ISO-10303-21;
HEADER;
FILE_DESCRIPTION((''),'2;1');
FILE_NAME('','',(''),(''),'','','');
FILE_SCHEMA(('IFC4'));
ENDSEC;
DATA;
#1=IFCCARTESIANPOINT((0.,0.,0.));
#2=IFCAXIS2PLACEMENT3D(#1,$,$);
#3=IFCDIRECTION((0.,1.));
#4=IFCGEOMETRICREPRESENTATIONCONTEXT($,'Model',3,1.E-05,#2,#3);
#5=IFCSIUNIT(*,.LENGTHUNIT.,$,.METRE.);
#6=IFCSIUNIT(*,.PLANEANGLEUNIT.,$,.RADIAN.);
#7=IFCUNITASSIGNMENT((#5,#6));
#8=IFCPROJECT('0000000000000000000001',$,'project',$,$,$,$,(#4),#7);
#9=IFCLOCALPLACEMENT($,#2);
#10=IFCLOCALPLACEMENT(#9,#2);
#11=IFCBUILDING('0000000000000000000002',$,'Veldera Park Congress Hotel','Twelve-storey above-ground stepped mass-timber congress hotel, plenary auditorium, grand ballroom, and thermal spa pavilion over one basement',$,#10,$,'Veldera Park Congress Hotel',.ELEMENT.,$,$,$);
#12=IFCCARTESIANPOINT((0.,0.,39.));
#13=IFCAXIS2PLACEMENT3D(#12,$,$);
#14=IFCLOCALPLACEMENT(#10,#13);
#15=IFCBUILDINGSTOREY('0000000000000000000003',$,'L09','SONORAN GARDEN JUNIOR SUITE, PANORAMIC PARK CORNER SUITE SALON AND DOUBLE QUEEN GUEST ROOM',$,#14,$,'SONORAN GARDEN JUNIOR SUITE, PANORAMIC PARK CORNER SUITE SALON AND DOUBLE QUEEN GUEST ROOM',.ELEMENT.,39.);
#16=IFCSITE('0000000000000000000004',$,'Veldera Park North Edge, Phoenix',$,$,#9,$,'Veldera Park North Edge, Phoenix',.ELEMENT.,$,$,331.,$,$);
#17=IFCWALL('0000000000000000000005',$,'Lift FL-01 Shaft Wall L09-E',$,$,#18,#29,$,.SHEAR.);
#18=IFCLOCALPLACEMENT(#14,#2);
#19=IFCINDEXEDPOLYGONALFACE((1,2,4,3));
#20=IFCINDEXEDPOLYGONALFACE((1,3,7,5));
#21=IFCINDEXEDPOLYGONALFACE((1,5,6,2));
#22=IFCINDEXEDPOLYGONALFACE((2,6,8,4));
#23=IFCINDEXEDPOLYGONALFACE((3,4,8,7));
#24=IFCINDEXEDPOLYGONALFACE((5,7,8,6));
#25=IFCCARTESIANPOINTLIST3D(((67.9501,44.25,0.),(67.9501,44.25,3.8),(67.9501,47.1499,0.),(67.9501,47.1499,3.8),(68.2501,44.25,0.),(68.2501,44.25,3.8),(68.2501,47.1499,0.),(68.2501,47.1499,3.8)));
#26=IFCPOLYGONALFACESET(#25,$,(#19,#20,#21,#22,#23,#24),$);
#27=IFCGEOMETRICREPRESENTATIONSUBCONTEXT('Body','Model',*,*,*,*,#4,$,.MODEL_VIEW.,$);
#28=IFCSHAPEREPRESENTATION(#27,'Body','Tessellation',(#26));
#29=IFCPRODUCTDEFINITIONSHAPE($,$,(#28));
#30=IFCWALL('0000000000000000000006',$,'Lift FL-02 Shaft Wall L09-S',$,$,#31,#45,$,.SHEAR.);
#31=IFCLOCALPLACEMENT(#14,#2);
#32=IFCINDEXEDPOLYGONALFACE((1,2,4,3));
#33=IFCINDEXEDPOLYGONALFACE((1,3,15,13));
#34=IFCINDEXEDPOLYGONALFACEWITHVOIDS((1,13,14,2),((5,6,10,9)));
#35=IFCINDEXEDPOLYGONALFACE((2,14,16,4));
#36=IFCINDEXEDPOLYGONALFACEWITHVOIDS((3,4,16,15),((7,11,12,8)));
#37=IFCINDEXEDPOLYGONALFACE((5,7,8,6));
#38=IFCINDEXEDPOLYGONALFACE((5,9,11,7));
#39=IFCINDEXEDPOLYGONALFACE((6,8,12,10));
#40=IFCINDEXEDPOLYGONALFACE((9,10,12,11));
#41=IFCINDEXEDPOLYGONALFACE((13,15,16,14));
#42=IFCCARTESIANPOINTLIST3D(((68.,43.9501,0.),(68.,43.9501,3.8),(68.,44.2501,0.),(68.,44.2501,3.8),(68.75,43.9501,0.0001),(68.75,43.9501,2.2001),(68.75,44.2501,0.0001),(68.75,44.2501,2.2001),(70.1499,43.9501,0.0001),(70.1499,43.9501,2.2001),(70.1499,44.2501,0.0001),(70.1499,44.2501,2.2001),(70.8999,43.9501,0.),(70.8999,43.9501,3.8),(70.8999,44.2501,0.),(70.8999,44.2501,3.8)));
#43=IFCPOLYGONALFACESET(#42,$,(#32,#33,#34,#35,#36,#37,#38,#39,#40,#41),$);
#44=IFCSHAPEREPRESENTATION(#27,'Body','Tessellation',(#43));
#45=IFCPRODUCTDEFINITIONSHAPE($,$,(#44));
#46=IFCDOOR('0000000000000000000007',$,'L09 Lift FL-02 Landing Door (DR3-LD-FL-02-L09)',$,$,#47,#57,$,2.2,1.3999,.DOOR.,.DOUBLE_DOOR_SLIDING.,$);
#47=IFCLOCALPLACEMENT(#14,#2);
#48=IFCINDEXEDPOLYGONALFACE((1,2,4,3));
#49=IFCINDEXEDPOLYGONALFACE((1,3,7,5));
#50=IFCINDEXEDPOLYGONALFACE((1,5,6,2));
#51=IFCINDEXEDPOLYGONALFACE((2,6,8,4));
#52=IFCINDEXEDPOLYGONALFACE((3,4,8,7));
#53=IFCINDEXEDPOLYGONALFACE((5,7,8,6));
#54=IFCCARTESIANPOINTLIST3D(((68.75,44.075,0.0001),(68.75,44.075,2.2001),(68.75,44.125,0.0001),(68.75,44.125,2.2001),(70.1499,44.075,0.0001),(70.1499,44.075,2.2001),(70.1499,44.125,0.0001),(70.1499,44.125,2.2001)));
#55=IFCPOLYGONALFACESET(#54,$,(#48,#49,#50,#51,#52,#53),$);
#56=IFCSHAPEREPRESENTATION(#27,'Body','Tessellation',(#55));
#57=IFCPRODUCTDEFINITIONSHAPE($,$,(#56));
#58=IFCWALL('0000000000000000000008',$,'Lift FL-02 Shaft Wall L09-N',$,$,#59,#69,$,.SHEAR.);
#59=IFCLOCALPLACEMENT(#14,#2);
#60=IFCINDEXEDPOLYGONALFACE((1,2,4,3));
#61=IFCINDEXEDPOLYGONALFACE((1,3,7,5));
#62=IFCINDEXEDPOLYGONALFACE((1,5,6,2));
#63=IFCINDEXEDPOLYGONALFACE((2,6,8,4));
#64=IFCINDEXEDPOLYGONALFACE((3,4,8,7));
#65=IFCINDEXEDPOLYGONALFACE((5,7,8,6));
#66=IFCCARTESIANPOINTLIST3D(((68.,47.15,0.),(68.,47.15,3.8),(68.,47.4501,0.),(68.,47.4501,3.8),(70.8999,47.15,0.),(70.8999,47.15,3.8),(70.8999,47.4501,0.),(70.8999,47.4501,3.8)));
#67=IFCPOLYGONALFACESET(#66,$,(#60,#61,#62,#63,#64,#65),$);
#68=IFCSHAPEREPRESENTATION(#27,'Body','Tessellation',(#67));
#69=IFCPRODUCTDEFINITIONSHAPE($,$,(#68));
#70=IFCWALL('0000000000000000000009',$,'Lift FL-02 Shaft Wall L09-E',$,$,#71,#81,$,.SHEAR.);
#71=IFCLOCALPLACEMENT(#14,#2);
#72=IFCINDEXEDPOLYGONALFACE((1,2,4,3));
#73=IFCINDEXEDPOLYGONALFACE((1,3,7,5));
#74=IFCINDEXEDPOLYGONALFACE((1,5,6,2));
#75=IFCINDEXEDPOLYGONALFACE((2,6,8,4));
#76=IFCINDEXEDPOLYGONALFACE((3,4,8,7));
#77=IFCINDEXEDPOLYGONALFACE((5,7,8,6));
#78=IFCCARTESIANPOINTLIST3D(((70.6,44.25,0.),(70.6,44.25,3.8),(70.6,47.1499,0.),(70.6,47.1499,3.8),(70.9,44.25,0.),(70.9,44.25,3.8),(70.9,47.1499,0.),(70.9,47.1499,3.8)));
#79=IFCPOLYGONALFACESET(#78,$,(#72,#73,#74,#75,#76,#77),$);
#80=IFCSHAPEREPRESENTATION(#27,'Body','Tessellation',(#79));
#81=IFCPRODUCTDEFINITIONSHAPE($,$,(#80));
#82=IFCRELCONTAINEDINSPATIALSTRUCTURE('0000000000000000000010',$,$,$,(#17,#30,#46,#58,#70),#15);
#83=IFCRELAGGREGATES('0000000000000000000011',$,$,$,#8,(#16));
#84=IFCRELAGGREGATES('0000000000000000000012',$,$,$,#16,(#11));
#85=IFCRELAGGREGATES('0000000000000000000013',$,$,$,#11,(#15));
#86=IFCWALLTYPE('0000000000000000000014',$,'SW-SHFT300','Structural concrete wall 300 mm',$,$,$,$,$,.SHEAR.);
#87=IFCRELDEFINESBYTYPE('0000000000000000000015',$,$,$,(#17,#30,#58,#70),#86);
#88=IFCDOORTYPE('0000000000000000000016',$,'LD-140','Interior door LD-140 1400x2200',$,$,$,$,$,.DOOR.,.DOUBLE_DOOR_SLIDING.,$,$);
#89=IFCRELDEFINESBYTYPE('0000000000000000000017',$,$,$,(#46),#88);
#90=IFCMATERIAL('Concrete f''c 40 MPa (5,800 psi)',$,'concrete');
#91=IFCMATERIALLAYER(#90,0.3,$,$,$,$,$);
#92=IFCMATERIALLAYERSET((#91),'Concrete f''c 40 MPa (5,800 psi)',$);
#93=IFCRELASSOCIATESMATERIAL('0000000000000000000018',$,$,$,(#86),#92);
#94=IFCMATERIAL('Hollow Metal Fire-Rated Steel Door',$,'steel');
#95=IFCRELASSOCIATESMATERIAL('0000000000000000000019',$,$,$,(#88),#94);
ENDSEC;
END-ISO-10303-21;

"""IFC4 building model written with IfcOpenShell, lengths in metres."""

from ifc_helpers import new_model, si_unit, direction, frame, frame_2d, origin, place, context, subcontext, project, spatial, rectangle, extrude, material, layer, layer_set, type_object, element, fill, save


model = new_model("IFC4")

# Units and contexts
model_context = context("Model", 3, precision=1e-05, world=origin(), true_north=direction((0.0, 1.0)))
body_context = subcontext(model_context, "Body", "Model", "MODEL_VIEW")
ifc_project = project(units=[si_unit("LENGTHUNIT", "METRE"), si_unit("PLANEANGLEUNIT", "RADIAN")], contexts=[model_context])

# Site, building, storey
site_placement = place(None, origin())
site = spatial("IfcSite", under=ifc_project, at=site_placement, Name="Veldera Park North Edge, Phoenix", LongName="Veldera Park North Edge, Phoenix", CompositionType="ELEMENT", RefElevation=331.0)
building_placement = place(site_placement, origin())
building = spatial("IfcBuilding", under=site, at=building_placement, Name="Veldera Park Congress Hotel", Description="Twelve-storey above-ground stepped mass-timber congress hotel, plenary auditorium, grand ballroom, and thermal spa pavilion over one basement", LongName="Veldera Park Congress Hotel", CompositionType="ELEMENT")
storey_placement = place(building_placement, frame((0.0, 0.0, 39.0)))
storey = spatial("IfcBuildingStorey", under=building, at=storey_placement, Name="L09", Description="SONORAN GARDEN JUNIOR SUITE, PANORAMIC PARK CORNER SUITE SALON AND DOUBLE QUEEN GUEST ROOM", LongName="SONORAN GARDEN JUNIOR SUITE, PANORAMIC PARK CORNER SUITE SALON AND DOUBLE QUEEN GUEST ROOM", CompositionType="ELEMENT", Elevation=39.0)

# Shared definitions
ifc_material_1 = material(Name="Concrete f'c 40 MPa (5,800 psi)", Category="concrete")
ifc_material_2 = material(Name="Hollow Metal Fire-Rated Steel Door", Category="steel")

# Wall
ifc_layer_1 = layer(ifc_material_1, 0.3)
ifc_layer_set_1 = layer_set([ifc_layer_1], Name="Concrete f'c 40 MPa (5,800 psi)")
wall_type_1 = type_object("IfcWallType", Name="SW-SHFT300", Description="Structural concrete wall 300 mm", PredefinedType="SHEAR", material=ifc_layer_set_1)
for number, where, z_axis, x_axis, name in (
    (1, (68.1001, 44.25, 0.0), (0.0, 0.0, 1.0), (0.0, 1.0, 0.0), "Lift FL-01 Shaft Wall L09-E"),
):
    element("IfcWall", number, at=place(storey_placement, frame(where, z_axis=z_axis, x_axis=x_axis)), inside=storey, type_object=wall_type_1, Name=name, PredefinedType="SHEAR", context=body_context, shape_type="SweptSolid", body=[
        extrude(rectangle(XDim=2.8999, YDim=0.3, at=frame_2d((1.45, 0.0))), origin(), (0.0, 0.0, 1.0), 3.8),
    ])

# Wall, opening, door
wall_1_placement = place(storey_placement, frame((68.0, 44.1001, 0.0), z_axis=(0.0, 0.0, 1.0), x_axis=(1.0, 0.0, 0.0)))
wall_1 = element("IfcWall", 2, at=wall_1_placement, inside=storey, type_object=wall_type_1, Name="Lift FL-02 Shaft Wall L09-S", PredefinedType="SHEAR", context=body_context, shape_type="SweptSolid", body=[
    extrude(rectangle(XDim=2.8999, YDim=0.3, at=frame_2d((1.45, 0.0))), origin(), (0.0, 0.0, 1.0), 3.8),
])
opening_1_placement = place(wall_1_placement, frame((0.75, 0.0, 0.0)))
opening_1 = element("IfcOpeningElement", 3, at=opening_1_placement, cuts=wall_1, PredefinedType="OPENING", context=body_context, shape_type="SweptSolid", body=[
    extrude(rectangle(XDim=1.3999, YDim=2.2, at=frame_2d((0.7, 1.1001))), frame((0.0, 0.1621, 0.0), z_axis=(0.0, -1.0, 0.0), x_axis=(1.0, 0.0, 0.0)), (0.0, 0.0, 1.0), 0.324),
])
door_type_1 = type_object("IfcDoorType", Name="LD-140", Description="Interior door LD-140 1400x2200", OperationType="DOUBLE_DOOR_SLIDING", PredefinedType="DOOR", material=ifc_material_2)
door_1_placement = place(opening_1_placement, origin())
door_1 = element("IfcDoor", 4, at=door_1_placement, inside=storey, type_object=door_type_1, Name="L09 Lift FL-02 Landing Door (DR3-LD-FL-02-L09)", OperationType="DOUBLE_DOOR_SLIDING", OverallHeight=2.2, OverallWidth=1.3999, PredefinedType="DOOR", context=body_context, shape_type="SweptSolid", body=[
    extrude(rectangle(XDim=1.3999, YDim=2.2, at=frame_2d((0.7, 1.1001))), frame((0.0, 0.0249, 0.0), z_axis=(0.0, -1.0, 0.0), x_axis=(1.0, 0.0, 0.0)), (0.0, 0.0, 1.0), 0.05),
])
fill(opening_1, door_1)

# Walls
for number, where, z_axis, x_axis, name in (
    (5, (70.8999, 47.3, 0.0), (0.0, 0.0, 1.0), (-1.0, 0.0, 0.0), "Lift FL-02 Shaft Wall L09-N"),
    (6, (70.75, 44.25, 0.0), (0.0, 0.0, 1.0), (0.0, 1.0, 0.0), "Lift FL-02 Shaft Wall L09-E"),
):
    element("IfcWall", number, at=place(storey_placement, frame(where, z_axis=z_axis, x_axis=x_axis)), inside=storey, type_object=wall_type_1, Name=name, PredefinedType="SHEAR", context=body_context, shape_type="SweptSolid", body=[
        extrude(rectangle(XDim=2.8999, YDim=0.3, at=frame_2d((1.45, 0.0))), origin(), (0.0, 0.0, 1.0), 3.8),
    ])

save(model, "model.ifc")
